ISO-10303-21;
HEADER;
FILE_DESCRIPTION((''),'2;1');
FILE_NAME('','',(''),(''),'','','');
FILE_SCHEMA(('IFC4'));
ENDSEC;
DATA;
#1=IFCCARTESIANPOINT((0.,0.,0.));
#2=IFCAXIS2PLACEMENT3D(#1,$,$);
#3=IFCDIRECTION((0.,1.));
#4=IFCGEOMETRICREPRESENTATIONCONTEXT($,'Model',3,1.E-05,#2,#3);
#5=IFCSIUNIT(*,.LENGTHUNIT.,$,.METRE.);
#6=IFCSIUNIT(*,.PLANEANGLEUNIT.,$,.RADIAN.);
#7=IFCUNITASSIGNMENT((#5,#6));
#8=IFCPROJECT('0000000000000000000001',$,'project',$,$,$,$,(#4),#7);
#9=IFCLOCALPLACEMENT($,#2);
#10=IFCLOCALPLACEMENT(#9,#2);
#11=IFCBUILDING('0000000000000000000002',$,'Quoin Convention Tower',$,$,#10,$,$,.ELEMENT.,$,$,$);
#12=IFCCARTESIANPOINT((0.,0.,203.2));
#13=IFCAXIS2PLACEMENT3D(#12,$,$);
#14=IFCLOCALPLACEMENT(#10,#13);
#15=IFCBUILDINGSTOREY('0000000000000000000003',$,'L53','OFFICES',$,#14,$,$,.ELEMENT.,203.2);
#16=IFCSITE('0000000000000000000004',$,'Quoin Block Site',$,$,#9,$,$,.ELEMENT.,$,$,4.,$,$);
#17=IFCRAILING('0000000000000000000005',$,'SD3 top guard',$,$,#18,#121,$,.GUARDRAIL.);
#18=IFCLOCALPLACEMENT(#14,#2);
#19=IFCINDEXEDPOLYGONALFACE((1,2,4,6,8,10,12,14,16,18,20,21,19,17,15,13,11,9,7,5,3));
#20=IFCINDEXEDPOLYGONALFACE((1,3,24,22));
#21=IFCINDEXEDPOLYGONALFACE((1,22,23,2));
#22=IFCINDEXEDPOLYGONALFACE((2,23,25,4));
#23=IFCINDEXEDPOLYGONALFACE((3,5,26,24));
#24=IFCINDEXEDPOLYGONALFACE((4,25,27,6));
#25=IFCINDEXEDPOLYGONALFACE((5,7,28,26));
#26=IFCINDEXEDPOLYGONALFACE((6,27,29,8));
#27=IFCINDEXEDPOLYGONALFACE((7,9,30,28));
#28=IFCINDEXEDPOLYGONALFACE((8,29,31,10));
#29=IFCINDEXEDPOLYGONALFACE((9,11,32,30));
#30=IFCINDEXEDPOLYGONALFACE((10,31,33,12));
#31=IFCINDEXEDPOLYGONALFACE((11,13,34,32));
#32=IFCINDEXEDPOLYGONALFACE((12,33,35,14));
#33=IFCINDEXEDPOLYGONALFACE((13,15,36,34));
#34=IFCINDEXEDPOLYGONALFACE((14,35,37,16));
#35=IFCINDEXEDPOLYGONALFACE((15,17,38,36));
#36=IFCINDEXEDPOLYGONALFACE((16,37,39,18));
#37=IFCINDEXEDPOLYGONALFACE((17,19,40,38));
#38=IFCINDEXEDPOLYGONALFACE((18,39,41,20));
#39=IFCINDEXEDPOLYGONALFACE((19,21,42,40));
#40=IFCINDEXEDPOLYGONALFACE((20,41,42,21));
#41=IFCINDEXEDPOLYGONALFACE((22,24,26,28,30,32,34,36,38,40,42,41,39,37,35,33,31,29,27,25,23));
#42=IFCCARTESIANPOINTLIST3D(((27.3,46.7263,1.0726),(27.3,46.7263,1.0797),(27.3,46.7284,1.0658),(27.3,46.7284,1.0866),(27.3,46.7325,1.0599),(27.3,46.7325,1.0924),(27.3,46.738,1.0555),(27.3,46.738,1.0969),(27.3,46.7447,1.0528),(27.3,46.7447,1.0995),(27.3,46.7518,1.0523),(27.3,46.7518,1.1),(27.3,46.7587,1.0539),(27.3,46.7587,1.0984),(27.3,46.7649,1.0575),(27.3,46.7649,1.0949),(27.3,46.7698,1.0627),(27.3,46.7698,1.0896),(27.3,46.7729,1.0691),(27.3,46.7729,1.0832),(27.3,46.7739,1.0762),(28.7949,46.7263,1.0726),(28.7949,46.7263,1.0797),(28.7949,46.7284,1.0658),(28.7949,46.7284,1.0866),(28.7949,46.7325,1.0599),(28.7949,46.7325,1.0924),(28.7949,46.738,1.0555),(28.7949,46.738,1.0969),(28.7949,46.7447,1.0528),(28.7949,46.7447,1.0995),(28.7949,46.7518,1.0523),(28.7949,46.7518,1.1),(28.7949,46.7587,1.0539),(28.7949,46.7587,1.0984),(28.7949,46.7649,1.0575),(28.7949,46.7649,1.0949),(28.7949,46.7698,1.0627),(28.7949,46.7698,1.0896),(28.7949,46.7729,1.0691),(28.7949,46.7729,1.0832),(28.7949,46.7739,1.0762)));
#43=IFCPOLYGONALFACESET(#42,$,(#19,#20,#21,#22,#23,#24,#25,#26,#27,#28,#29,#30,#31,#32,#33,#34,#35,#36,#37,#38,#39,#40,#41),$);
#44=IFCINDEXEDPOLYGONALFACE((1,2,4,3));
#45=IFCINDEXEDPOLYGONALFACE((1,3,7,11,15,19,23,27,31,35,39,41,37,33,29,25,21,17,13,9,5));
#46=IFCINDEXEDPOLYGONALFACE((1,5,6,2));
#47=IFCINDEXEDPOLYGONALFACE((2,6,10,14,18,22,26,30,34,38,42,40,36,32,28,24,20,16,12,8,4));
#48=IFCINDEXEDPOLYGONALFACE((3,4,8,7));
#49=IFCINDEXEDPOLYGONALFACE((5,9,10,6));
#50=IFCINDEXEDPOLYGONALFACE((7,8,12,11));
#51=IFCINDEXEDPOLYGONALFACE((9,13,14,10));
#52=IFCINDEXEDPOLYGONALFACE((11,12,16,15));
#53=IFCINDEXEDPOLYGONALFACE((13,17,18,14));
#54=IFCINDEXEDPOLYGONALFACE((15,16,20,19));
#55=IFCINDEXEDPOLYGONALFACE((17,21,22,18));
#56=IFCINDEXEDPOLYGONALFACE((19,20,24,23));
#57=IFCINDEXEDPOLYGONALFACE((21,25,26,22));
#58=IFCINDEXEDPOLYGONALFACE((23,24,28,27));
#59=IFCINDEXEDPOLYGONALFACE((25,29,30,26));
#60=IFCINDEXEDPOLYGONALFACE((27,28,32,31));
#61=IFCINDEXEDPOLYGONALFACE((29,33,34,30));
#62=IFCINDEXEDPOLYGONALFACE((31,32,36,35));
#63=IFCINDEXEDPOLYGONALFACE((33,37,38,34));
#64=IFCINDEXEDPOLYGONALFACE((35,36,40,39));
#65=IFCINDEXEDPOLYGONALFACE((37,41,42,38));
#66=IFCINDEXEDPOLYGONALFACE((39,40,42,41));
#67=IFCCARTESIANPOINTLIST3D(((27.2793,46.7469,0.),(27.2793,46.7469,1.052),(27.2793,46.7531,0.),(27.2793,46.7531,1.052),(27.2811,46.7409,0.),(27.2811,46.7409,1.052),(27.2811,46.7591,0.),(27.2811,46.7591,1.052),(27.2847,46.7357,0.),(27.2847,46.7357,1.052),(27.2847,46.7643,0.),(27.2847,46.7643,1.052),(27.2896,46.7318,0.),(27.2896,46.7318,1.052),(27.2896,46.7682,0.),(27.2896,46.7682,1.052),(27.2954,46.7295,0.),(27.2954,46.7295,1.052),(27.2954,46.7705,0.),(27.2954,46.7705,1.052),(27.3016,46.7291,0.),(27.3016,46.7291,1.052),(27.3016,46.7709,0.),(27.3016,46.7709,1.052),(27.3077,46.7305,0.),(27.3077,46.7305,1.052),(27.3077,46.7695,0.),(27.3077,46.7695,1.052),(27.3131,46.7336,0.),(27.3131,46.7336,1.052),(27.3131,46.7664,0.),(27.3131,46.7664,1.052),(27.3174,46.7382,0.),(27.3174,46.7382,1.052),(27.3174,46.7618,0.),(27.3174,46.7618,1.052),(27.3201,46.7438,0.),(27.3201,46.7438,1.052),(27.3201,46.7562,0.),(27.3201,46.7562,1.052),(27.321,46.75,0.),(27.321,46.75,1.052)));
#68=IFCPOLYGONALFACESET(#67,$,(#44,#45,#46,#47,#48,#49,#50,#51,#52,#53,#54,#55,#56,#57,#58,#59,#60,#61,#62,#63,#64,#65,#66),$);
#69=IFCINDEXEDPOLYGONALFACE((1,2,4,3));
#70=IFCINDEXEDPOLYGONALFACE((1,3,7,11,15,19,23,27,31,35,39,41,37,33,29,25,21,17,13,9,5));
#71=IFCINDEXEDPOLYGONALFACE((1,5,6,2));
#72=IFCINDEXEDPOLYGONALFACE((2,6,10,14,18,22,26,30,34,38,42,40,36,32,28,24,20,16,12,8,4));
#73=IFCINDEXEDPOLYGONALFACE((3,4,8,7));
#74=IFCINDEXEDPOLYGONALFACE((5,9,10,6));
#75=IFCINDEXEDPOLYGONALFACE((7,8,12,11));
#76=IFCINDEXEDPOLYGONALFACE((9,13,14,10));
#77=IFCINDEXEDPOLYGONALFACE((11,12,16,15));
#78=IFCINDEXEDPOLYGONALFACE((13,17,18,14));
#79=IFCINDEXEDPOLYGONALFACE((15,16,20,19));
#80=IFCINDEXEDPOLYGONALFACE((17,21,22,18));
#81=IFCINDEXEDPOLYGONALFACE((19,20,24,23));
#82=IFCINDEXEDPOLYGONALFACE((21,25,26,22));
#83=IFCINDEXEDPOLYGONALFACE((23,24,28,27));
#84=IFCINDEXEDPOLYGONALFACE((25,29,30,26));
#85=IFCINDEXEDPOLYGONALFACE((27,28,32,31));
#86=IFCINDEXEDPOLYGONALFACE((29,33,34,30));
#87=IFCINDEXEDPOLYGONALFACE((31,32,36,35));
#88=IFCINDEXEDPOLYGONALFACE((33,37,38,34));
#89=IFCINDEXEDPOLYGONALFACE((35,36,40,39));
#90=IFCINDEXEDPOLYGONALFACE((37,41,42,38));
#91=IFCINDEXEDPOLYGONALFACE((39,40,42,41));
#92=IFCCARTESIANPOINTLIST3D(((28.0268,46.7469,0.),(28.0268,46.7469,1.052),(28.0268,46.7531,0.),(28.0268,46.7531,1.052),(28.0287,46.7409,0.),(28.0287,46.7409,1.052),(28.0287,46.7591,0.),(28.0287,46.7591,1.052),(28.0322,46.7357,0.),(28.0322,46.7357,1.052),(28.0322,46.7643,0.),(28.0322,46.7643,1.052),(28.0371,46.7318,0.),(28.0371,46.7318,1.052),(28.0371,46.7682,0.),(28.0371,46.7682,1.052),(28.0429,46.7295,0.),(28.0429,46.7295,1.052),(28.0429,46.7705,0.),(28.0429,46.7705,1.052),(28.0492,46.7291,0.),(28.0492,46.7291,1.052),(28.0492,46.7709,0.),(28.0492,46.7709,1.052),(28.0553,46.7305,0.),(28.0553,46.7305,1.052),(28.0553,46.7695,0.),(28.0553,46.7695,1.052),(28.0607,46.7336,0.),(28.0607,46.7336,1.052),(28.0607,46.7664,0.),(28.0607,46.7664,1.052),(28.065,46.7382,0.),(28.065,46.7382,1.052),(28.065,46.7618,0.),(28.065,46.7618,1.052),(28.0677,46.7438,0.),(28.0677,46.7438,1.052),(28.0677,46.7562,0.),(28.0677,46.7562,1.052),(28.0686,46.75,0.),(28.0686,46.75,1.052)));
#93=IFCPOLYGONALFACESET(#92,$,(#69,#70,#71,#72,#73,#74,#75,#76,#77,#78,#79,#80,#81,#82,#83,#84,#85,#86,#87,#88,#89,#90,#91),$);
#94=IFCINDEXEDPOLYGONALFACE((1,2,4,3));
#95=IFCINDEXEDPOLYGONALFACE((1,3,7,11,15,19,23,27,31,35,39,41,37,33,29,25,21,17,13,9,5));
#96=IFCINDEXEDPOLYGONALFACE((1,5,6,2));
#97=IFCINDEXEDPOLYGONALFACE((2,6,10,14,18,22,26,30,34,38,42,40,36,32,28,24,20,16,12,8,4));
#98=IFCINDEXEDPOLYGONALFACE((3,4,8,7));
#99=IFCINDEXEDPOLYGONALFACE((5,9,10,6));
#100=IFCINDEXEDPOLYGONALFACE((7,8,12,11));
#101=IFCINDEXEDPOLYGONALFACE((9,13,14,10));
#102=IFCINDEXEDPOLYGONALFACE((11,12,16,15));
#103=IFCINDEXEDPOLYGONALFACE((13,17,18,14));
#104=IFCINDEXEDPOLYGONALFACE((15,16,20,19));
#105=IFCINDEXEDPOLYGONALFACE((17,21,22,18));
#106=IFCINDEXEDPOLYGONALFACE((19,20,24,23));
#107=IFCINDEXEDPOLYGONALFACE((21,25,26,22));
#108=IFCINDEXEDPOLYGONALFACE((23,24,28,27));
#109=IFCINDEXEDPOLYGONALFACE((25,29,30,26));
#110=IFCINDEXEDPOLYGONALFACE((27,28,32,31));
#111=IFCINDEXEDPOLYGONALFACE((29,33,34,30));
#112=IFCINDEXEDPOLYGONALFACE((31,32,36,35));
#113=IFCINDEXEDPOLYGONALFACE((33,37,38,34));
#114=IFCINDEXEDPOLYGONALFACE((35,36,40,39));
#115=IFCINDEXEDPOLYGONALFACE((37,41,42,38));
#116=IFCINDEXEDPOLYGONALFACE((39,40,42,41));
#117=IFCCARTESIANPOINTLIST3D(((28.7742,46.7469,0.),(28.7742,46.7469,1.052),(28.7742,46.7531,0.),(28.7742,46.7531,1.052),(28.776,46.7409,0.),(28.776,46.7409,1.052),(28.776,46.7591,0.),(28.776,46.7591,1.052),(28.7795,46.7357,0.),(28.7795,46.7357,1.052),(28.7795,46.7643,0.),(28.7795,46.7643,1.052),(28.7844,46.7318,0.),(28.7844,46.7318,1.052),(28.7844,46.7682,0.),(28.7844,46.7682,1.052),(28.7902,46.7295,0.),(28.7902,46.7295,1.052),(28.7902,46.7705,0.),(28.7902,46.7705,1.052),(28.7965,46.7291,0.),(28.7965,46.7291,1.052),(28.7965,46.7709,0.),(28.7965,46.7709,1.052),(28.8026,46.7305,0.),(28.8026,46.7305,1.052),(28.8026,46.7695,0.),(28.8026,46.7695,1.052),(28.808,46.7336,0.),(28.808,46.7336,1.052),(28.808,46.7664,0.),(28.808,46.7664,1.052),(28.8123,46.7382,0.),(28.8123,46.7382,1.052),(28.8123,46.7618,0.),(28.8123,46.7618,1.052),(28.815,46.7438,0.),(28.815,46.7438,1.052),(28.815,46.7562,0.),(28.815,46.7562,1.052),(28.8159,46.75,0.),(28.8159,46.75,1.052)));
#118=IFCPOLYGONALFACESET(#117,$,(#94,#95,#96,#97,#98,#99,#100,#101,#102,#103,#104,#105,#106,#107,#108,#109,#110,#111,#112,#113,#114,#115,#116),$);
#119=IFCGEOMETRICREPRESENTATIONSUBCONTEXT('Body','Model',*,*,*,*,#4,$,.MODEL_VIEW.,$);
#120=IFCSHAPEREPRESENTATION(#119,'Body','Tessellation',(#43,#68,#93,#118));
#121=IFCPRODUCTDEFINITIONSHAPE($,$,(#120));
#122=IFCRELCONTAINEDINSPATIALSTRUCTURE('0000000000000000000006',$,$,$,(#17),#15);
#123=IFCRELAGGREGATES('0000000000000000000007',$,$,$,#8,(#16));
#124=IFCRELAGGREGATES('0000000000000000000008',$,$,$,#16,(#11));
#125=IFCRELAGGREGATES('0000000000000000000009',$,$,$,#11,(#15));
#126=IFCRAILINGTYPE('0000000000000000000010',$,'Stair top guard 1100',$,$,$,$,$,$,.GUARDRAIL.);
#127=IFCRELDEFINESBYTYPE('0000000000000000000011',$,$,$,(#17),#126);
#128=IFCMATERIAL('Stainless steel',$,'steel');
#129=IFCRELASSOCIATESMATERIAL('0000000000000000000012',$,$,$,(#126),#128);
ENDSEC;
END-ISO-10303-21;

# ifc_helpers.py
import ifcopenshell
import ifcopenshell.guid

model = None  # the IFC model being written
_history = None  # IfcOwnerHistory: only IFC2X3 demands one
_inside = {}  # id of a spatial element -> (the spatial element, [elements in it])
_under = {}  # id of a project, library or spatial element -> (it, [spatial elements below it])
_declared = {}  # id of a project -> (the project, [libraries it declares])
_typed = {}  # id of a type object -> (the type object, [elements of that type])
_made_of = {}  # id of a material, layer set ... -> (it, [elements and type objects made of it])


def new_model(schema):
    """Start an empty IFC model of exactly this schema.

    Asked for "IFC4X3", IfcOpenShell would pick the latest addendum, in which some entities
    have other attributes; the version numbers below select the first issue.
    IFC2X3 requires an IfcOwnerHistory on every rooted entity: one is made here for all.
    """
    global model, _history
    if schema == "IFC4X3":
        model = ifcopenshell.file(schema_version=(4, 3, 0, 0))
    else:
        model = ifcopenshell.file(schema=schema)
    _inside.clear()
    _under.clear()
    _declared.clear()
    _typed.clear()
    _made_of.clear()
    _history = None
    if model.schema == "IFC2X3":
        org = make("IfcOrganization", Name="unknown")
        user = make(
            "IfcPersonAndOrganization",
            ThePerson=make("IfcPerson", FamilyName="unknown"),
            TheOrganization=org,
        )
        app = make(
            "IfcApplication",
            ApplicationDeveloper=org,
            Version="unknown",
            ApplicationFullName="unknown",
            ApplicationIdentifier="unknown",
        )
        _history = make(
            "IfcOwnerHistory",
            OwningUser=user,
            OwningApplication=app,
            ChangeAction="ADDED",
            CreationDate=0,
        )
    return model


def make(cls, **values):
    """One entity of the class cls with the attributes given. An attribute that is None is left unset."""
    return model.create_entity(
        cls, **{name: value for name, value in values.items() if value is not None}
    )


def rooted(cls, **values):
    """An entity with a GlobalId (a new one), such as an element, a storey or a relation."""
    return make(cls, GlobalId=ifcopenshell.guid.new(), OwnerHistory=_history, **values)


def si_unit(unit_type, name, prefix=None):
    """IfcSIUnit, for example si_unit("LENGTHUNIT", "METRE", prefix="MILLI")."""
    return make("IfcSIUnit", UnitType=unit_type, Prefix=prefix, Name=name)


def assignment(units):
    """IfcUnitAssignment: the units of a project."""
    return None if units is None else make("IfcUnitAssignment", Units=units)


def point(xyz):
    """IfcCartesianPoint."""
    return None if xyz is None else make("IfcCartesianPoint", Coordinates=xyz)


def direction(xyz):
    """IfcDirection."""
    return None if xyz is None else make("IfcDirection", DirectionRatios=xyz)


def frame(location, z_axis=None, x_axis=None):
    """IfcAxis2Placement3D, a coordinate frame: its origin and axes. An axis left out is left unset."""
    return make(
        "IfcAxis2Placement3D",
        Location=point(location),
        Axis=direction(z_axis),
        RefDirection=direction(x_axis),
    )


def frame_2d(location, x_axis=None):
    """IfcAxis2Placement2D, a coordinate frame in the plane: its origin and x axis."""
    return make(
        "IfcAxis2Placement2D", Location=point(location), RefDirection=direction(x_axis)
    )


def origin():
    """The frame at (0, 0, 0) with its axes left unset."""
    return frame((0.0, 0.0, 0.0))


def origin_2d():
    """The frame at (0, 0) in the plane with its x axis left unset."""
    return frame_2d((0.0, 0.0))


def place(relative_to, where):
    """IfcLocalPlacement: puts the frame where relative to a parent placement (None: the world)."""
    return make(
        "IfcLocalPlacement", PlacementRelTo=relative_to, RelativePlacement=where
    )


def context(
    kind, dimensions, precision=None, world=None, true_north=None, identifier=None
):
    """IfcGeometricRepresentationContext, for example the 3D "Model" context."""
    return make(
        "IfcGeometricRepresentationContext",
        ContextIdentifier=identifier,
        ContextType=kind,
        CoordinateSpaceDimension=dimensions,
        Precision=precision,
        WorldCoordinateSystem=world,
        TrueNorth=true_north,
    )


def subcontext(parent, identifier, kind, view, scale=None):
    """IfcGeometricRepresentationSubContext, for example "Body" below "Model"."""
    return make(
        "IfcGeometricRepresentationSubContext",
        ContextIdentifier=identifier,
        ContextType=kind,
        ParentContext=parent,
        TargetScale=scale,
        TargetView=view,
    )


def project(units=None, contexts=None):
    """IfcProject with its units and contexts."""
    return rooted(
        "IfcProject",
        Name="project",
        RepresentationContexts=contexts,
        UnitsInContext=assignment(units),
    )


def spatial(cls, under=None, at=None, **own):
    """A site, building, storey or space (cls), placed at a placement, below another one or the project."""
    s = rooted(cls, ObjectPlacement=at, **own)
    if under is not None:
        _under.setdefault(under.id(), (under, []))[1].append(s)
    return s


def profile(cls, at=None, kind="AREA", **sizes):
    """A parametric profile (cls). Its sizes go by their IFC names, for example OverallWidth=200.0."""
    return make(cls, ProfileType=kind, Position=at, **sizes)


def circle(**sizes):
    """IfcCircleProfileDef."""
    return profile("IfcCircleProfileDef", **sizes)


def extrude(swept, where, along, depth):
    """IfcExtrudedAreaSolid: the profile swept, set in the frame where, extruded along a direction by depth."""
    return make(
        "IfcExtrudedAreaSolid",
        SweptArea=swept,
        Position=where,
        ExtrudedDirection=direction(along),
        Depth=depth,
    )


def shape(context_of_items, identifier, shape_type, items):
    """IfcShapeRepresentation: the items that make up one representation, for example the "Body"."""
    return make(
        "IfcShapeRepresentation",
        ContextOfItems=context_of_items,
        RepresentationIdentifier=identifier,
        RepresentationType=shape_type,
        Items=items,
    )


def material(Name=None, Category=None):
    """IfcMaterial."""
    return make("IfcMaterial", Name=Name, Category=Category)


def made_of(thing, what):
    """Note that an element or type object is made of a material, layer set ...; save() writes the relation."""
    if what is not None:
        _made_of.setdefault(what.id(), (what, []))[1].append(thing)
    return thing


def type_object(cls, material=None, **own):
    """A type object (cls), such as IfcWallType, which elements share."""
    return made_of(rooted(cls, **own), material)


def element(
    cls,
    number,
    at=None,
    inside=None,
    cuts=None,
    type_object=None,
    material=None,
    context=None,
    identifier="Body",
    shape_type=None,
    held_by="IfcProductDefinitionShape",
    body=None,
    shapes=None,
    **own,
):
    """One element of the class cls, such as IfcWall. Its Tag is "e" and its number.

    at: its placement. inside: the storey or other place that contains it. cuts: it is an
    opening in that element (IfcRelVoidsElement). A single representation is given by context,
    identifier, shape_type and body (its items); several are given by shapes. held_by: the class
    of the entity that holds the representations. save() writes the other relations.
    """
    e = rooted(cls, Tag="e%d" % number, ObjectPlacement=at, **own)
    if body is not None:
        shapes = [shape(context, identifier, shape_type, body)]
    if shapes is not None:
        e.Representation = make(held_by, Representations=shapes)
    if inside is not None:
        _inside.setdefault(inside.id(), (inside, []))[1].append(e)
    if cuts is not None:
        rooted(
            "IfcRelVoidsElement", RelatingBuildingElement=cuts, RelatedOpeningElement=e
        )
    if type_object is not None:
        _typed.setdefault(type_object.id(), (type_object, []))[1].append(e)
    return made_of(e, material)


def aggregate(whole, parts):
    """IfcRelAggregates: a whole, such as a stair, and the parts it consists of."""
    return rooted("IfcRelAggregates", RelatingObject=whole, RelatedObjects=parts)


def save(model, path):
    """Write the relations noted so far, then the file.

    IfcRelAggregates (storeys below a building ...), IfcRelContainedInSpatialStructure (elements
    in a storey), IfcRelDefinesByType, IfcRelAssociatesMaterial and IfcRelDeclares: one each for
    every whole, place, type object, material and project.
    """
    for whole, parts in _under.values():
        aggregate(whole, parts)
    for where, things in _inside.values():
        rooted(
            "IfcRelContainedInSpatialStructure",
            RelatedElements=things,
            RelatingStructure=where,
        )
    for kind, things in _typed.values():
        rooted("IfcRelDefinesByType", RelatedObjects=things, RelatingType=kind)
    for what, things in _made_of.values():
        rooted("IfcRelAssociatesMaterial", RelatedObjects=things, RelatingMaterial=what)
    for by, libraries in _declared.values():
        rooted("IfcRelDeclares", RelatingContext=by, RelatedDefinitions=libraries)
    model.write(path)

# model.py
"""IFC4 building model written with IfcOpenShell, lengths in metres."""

from ifc_helpers import new_model, si_unit, direction, frame, origin, origin_2d, place, context, subcontext, project, spatial, circle, extrude, material, type_object, element, save


model = new_model("IFC4")

# Units and contexts
model_context = context("Model", 3, precision=1e-05, world=origin(), true_north=direction((0.0, 1.0)))
body_context = subcontext(model_context, "Body", "Model", "MODEL_VIEW")
ifc_project = project(units=[si_unit("LENGTHUNIT", "METRE"), si_unit("PLANEANGLEUNIT", "RADIAN")], contexts=[model_context])

# Site, building, storey
site_placement = place(None, origin())
site = spatial("IfcSite", under=ifc_project, at=site_placement, Name="Quoin Block Site", CompositionType="ELEMENT", RefElevation=4.0)
building_placement = place(site_placement, origin())
building = spatial("IfcBuilding", under=site, at=building_placement, Name="Quoin Convention Tower", CompositionType="ELEMENT")
storey_placement = place(building_placement, frame((0.0, 0.0, 203.2)))
storey = spatial("IfcBuildingStorey", under=building, at=storey_placement, Name="L53", Description="OFFICES", CompositionType="ELEMENT", Elevation=203.2)

# Railing
ifc_material_1 = material(Name="Stainless steel", Category="steel")
railing_type_1 = type_object("IfcRailingType", Name="Stair top guard 1100", PredefinedType="GUARDRAIL", material=ifc_material_1)
railing_1_placement = place(storey_placement, frame((27.3, 46.75, 0.0)))
element("IfcRailing", 1, at=railing_1_placement, inside=storey, type_object=railing_type_1, Name="SD3 top guard", PredefinedType="GUARDRAIL", context=body_context, shape_type="SweptSolid", body=[
    extrude(circle(Radius=0.0239, at=origin_2d()), frame((0.0, 0.0, 1.0762), z_axis=(1.0, 0.0, 0.0), x_axis=(0.0, 1.0, 0.0)), (0.0, 0.0, 1.0), 1.4949),
    extrude(circle(Radius=0.021, at=origin_2d()), origin(), (0.0, 0.0, 1.0), 1.052),
    extrude(circle(Radius=0.021, at=origin_2d()), frame((0.7476, 0.0, 0.0)), (0.0, 0.0, 1.0), 1.052),
    extrude(circle(Radius=0.021, at=origin_2d()), frame((1.4949, 0.0, 0.0)), (0.0, 0.0, 1.0), 1.052),
])

save(model, "model.ifc")
